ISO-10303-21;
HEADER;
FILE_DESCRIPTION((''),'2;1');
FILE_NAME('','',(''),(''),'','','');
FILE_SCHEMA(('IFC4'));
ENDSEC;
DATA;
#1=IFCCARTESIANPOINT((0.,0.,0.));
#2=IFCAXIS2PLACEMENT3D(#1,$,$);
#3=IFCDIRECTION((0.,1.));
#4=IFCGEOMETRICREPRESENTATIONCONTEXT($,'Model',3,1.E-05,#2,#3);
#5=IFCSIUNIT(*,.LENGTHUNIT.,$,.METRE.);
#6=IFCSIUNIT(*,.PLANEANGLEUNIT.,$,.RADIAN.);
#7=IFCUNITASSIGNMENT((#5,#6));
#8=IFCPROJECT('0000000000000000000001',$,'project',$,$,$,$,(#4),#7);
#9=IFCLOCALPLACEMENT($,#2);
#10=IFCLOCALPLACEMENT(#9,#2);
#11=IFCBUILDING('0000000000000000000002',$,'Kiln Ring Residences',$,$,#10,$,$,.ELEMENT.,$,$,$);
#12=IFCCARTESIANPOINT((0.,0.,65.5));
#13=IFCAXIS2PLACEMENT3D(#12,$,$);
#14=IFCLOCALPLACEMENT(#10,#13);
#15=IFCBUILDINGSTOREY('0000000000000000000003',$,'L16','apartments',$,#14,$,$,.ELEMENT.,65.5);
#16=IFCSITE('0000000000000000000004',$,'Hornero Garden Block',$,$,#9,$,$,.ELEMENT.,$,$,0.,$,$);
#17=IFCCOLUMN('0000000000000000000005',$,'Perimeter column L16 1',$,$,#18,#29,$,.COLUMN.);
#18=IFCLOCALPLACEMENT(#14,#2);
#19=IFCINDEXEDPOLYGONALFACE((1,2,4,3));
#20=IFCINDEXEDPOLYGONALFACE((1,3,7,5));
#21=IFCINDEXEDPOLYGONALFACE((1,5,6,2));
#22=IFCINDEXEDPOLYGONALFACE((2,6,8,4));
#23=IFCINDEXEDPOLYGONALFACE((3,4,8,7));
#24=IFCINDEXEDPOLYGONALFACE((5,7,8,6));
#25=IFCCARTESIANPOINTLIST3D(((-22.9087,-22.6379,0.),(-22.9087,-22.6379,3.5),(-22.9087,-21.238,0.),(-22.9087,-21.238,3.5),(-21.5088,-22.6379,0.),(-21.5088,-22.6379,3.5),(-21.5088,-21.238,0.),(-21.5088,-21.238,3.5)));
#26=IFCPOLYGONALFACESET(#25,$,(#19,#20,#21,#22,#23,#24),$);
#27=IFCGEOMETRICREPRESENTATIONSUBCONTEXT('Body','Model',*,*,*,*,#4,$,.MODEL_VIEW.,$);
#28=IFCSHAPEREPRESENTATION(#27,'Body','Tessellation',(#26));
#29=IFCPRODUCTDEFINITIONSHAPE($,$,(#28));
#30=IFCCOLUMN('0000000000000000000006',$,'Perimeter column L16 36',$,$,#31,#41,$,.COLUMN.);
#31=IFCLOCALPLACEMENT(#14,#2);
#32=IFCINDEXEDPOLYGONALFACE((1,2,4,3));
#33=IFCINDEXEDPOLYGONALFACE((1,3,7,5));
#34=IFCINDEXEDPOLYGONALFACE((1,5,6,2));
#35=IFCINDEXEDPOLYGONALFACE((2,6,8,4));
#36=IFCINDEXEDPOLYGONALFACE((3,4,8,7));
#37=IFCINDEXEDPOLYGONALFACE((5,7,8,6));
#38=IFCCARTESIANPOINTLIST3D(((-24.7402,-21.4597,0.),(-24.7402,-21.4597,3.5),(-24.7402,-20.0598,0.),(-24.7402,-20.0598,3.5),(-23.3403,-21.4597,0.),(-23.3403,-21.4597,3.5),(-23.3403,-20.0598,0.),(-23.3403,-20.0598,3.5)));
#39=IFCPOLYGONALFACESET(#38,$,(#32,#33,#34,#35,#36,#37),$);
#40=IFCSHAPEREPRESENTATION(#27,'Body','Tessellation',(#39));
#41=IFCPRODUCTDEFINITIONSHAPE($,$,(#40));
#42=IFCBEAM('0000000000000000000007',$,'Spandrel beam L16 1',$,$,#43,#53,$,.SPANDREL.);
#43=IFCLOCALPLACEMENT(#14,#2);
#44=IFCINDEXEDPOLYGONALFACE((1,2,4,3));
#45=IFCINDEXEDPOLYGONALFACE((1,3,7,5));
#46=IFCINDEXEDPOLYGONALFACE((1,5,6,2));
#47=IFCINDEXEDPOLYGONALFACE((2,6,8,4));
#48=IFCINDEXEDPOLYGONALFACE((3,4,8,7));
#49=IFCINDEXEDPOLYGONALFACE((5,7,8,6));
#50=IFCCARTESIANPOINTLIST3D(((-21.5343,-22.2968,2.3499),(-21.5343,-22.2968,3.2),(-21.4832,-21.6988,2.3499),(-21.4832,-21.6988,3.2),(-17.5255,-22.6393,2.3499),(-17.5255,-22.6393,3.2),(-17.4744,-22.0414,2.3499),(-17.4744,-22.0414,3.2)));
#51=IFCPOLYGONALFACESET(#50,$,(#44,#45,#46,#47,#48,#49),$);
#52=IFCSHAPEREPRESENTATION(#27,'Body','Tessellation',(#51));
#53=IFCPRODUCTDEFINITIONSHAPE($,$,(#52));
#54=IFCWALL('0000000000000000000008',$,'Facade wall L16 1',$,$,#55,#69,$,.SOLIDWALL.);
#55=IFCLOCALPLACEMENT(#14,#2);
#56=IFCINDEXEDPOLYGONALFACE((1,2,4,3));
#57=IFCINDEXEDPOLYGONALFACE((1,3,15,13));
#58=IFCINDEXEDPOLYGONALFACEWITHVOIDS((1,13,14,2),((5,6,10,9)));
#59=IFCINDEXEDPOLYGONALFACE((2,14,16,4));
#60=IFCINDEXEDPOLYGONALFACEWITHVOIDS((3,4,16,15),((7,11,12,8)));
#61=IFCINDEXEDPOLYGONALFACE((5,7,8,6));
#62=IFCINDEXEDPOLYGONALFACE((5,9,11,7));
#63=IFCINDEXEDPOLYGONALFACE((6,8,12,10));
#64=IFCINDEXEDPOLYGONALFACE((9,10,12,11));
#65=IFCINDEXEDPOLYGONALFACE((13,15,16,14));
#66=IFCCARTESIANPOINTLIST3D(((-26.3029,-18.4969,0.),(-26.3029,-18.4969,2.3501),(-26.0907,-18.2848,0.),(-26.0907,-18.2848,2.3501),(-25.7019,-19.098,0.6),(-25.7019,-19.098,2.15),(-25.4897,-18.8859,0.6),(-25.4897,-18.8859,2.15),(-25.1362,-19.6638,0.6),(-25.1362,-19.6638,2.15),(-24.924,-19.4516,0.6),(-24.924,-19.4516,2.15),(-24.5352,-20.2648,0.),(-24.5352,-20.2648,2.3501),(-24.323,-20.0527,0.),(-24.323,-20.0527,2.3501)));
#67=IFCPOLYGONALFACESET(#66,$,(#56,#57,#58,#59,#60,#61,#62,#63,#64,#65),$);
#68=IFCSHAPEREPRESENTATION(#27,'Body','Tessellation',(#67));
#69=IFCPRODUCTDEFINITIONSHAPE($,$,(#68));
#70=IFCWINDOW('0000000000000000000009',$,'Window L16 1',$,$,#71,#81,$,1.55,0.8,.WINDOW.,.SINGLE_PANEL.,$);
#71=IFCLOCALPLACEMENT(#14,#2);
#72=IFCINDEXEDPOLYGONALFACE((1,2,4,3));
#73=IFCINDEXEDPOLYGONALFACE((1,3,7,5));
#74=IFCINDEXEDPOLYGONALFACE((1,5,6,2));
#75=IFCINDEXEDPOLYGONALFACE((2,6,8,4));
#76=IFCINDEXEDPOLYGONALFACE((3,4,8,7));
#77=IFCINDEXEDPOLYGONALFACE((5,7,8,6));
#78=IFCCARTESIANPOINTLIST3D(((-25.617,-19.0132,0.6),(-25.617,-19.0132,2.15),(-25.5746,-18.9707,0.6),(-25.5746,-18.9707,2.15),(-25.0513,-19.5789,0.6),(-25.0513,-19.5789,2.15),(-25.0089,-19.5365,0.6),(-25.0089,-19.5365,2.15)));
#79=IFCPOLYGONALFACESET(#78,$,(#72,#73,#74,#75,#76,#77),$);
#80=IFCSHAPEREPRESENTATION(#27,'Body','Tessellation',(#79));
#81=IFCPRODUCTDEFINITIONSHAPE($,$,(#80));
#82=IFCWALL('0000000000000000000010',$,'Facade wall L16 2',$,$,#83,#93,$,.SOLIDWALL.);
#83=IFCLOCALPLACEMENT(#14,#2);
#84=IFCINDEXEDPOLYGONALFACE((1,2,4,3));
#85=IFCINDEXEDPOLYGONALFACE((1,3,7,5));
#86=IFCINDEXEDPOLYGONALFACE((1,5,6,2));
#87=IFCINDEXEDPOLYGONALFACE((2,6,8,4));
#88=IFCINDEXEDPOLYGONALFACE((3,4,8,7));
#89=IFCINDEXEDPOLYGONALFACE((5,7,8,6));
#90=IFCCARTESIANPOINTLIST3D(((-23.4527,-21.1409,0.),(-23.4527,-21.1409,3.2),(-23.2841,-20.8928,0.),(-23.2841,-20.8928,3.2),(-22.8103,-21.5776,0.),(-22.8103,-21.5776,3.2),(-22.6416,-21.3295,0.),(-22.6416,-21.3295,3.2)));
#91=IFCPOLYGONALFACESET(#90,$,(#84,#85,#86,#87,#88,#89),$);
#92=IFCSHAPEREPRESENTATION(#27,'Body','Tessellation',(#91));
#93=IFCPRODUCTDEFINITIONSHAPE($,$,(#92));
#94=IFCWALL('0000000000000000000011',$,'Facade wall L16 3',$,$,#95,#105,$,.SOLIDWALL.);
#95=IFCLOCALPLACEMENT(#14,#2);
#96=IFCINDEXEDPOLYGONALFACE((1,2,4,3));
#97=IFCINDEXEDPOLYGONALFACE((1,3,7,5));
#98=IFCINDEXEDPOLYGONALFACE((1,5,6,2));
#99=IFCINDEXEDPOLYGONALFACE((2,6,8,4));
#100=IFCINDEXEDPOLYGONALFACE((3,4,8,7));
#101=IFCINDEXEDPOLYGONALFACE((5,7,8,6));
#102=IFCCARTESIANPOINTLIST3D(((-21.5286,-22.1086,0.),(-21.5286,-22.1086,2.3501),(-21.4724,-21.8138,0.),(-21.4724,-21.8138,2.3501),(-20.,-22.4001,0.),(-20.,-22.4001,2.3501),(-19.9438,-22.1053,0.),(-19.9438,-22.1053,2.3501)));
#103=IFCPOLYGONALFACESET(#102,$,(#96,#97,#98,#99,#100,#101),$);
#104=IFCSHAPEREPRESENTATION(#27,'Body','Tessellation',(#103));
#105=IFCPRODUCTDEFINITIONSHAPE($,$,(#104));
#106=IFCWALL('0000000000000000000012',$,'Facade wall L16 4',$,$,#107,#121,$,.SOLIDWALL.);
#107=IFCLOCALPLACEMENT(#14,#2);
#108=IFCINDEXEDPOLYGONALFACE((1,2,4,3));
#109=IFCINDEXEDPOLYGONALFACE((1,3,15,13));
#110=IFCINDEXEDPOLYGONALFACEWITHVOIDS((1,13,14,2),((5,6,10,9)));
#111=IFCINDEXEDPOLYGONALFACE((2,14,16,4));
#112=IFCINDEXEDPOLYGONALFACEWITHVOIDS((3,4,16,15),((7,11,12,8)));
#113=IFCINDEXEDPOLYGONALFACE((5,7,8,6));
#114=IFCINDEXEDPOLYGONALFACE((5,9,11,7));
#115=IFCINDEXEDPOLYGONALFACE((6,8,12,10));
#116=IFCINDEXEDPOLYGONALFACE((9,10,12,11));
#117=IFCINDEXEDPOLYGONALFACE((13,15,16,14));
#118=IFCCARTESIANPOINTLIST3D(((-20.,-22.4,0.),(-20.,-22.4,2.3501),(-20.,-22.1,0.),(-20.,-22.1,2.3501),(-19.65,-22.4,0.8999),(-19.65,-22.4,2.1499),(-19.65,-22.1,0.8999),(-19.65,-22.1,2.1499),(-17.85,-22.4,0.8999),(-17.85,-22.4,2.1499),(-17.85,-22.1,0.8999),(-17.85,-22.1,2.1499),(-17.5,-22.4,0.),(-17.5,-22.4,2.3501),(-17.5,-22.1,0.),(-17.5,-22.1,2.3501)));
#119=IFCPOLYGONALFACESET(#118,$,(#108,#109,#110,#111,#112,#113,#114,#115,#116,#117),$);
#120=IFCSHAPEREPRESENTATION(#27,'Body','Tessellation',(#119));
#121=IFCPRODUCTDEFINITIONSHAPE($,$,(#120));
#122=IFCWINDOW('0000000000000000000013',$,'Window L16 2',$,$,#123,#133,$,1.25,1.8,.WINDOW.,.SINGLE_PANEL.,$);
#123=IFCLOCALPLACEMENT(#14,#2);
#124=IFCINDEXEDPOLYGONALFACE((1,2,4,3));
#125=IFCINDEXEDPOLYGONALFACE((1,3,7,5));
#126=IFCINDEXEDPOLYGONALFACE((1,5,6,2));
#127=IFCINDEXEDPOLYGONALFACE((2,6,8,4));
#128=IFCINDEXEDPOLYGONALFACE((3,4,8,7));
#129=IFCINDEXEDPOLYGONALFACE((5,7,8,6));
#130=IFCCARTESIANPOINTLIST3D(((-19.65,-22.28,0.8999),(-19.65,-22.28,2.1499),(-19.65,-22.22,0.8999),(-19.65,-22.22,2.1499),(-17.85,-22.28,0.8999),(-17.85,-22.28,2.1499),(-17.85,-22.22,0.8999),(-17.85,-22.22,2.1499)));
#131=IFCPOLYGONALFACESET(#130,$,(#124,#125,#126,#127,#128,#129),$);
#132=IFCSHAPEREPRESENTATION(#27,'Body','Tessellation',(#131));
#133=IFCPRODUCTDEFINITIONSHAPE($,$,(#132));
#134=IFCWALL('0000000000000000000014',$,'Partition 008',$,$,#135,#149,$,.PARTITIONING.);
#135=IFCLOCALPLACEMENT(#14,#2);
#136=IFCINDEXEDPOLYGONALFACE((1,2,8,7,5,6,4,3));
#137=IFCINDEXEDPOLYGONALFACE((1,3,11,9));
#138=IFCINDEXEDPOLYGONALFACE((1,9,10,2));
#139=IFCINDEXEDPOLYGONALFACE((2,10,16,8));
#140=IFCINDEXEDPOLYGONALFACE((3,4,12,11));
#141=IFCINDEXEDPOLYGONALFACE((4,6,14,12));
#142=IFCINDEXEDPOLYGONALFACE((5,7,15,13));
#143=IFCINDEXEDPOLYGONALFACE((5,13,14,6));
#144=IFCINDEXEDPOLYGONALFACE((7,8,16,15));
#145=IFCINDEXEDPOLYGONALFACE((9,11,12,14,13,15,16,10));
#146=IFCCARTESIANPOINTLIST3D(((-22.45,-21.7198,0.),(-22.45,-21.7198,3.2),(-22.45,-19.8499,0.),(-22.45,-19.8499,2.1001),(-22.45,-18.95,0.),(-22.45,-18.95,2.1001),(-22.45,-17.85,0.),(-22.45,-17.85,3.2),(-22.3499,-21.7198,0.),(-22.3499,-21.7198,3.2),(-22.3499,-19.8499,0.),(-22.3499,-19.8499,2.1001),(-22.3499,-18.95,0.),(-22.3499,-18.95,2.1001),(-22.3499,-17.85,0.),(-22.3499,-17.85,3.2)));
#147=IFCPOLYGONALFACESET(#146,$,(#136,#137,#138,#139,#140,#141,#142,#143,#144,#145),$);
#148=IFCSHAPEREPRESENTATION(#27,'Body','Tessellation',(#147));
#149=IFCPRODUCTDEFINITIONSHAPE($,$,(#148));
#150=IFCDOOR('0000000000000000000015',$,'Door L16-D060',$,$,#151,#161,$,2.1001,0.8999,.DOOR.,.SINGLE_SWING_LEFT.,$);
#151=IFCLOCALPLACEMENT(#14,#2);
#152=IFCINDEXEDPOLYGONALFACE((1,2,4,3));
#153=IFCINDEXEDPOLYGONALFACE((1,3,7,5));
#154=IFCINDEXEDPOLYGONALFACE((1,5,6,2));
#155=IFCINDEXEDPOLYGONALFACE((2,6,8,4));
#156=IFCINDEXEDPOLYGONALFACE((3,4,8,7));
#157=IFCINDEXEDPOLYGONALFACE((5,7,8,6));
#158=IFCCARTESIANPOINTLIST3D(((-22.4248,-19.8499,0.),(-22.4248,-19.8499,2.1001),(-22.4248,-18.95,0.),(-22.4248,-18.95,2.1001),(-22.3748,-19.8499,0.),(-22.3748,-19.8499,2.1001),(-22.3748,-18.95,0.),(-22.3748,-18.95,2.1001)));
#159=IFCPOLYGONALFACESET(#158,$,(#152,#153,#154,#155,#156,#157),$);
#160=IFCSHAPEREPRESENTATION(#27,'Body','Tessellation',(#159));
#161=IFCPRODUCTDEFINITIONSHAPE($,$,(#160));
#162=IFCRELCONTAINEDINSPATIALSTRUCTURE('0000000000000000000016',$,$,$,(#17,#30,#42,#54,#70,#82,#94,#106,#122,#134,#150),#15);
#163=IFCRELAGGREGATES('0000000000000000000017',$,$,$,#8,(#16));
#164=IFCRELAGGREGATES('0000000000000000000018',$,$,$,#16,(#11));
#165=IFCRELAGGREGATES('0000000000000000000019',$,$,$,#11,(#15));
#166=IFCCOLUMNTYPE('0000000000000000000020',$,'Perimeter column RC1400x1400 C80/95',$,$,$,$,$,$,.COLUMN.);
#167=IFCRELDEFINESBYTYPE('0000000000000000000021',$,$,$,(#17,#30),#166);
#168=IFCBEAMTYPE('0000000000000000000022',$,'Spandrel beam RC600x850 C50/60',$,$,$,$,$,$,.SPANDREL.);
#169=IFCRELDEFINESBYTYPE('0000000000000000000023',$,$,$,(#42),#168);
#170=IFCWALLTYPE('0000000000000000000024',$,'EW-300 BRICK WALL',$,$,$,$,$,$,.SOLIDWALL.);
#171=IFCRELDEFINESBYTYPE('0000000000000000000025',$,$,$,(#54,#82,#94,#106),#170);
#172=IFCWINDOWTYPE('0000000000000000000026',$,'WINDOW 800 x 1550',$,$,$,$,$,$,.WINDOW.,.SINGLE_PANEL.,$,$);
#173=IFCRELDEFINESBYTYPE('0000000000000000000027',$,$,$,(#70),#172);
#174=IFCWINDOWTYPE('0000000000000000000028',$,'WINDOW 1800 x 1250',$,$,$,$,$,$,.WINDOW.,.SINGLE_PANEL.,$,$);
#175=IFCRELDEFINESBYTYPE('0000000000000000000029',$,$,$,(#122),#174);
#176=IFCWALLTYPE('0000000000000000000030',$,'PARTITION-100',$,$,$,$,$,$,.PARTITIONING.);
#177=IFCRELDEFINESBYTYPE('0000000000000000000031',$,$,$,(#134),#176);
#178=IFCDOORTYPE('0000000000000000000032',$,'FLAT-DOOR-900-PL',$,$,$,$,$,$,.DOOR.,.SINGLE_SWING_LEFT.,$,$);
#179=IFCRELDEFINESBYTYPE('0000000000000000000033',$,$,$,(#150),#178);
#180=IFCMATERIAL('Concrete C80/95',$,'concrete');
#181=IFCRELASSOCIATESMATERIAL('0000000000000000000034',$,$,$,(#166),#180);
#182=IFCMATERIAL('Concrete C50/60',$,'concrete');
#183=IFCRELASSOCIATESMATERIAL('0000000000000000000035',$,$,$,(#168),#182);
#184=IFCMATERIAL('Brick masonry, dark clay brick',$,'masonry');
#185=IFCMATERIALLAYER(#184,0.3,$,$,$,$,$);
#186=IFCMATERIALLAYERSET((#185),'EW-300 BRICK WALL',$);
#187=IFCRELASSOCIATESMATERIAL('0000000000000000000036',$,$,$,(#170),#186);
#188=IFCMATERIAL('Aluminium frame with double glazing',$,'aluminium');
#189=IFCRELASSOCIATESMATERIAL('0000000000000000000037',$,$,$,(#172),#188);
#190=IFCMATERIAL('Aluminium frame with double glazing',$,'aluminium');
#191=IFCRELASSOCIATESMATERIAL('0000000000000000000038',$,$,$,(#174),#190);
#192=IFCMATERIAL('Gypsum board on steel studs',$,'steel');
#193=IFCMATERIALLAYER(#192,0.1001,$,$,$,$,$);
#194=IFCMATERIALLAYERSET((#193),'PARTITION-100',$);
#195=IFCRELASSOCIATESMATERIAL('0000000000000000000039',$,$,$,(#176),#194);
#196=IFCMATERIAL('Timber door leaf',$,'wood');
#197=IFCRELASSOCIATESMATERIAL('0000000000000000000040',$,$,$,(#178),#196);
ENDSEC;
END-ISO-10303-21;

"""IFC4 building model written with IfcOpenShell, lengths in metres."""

from ifc_helpers import new_model, si_unit, direction, frame, frame_2d, origin, origin_2d, place, context, subcontext, project, spatial, rectangle, extrude, material, layer, layer_set, material_profile, profile_set, type_object, element, fill, save


model = new_model("IFC4")

# Units and contexts
model_context = context("Model", 3, precision=1e-05, world=origin(), true_north=direction((0.0, 1.0)))
body_context = subcontext(model_context, "Body", "Model", "MODEL_VIEW")
ifc_project = project(units=[si_unit("LENGTHUNIT", "METRE"), si_unit("PLANEANGLEUNIT", "RADIAN")], contexts=[model_context])

# Site, building, storey
site_placement = place(None, origin())
site = spatial("IfcSite", under=ifc_project, at=site_placement, Name="Hornero Garden Block", CompositionType="ELEMENT", RefElevation=0.0)
building_placement = place(site_placement, origin())
building = spatial("IfcBuilding", under=site, at=building_placement, Name="Kiln Ring Residences", CompositionType="ELEMENT")
storey_placement = place(building_placement, frame((0.0, 0.0, 65.5)))
storey = spatial("IfcBuildingStorey", under=building, at=storey_placement, Name="L16", Description="apartments", CompositionType="ELEMENT", Elevation=65.5)

# Columns
ifc_material_1 = material(Name="Concrete C80/95", Category="concrete")
ifc_material_profile_1 = material_profile(ifc_material_1, rectangle(XDim=1.3999, YDim=1.3999, at=origin_2d()), Name="RC1400x1400")
ifc_profile_set_1 = profile_set([ifc_material_profile_1], Name="Concrete C80/95")
column_type = type_object("IfcColumnType", Name="Perimeter column RC1400x1400 C80/95", PredefinedType="COLUMN", material=ifc_profile_set_1)
for number, where, z_axis, x_axis, name in (
    (1, (-22.2087, -21.938, 0.0), (0.0, 0.0, 1.0), (1.0, 0.0, 0.0), "Perimeter column L16 1"),
    (2, (-24.0403, -20.7598, 0.0), (0.0, 0.0, 1.0), (1.0, 0.0, 0.0), "Perimeter column L16 36"),
):
    element("IfcColumn", number, at=place(storey_placement, frame(where, z_axis=z_axis, x_axis=x_axis)), inside=storey, type_object=column_type, Name=name, PredefinedType="COLUMN", context=body_context, shape_type="SweptSolid", body=[
        extrude(rectangle(XDim=1.3999, YDim=1.3999, at=origin_2d()), origin(), (0.0, 0.0, 1.0), 3.5),
    ])

# Beam
ifc_material_2 = material(Name="Concrete C50/60", Category="concrete")
ifc_material_profile_2 = material_profile(ifc_material_2, rectangle(XDim=0.6001, YDim=0.8501, at=origin_2d()), Name="RC600x850")
ifc_profile_set_2 = profile_set([ifc_material_profile_2], Name="Concrete C50/60")
beam_type = type_object("IfcBeamType", Name="Spandrel beam RC600x850 C50/60", PredefinedType="SPANDREL", material=ifc_profile_set_2)
beam_placement = place(storey_placement, frame((-21.5088, -21.9978, 2.7749), z_axis=(0.996369, -0.085134, 0.0), x_axis=(0.085134, 0.996369, 0.0)))
element("IfcBeam", 3, at=beam_placement, inside=storey, type_object=beam_type, Name="Spandrel beam L16 1", PredefinedType="SPANDREL", context=body_context, shape_type="SweptSolid", body=[
    extrude(rectangle(XDim=0.6001, YDim=0.8501, at=origin_2d()), origin(), (0.0, 0.0, 1.0), 4.0234),
])

# Wall, opening, window
ifc_material_3 = material(Name="Brick masonry, dark clay brick", Category="masonry")
ifc_layer_1 = layer(ifc_material_3, 0.3)
ifc_layer_set_1 = layer_set([ifc_layer_1], Name="EW-300 BRICK WALL")
wall_type_1 = type_object("IfcWallType", Name="EW-300 BRICK WALL", PredefinedType="SOLIDWALL", material=ifc_layer_set_1)
wall_1_placement = place(storey_placement, frame((-26.1968, -18.3909, 0.0), z_axis=(0.0, 0.0, 1.0), x_axis=(0.707058, -0.707156, 0.0)))
wall_1 = element("IfcWall", 4, at=wall_1_placement, inside=storey, type_object=wall_type_1, Name="Facade wall L16 1", PredefinedType="SOLIDWALL", context=body_context, shape_type="SweptSolid", body=[
    extrude(rectangle(XDim=2.5, YDim=0.3, at=frame_2d((1.25, 0.0))), origin(), (0.0, 0.0, 1.0), 2.3501),
])
opening_1_placement = place(wall_1_placement, frame((0.8501, 0.0, 0.6001)))
opening_1 = element("IfcOpeningElement", 5, at=opening_1_placement, cuts=wall_1, PredefinedType="OPENING", context=body_context, shape_type="SweptSolid", body=[
    extrude(rectangle(XDim=0.8, YDim=1.55, at=frame_2d((0.3999, 0.7749))), frame((0.0, 0.1599, 0.0), z_axis=(0.0, -1.0, 0.0), x_axis=(1.0, 0.0, 0.0)), (0.0, 0.0, 1.0), 0.3201),
])
ifc_material_4 = material(Name="Aluminium frame with double glazing", Category="aluminium")
window_type_1 = type_object("IfcWindowType", Name="WINDOW 800 x 1550", PartitioningType="SINGLE_PANEL", PredefinedType="WINDOW", material=ifc_material_4)
window_1_placement = place(opening_1_placement, origin())
window_1 = element("IfcWindow", 6, at=window_1_placement, inside=storey, type_object=window_type_1, Name="Window L16 1", OverallHeight=1.55, OverallWidth=0.8, PartitioningType="SINGLE_PANEL", PredefinedType="WINDOW", context=body_context, shape_type="SweptSolid", body=[
    extrude(rectangle(XDim=0.8, YDim=1.55, at=frame_2d((0.3999, 0.7749))), frame((0.0, 0.03, 0.0), z_axis=(0.0, -1.0, 0.0), x_axis=(1.0, 0.0, 0.0)), (0.0, 0.0, 1.0), 0.0601),
])
fill(opening_1, window_1)

# Walls
wall_2_placement = place(storey_placement, frame((-23.3684, -21.0168, 0.0), z_axis=(0.0, 0.0, 1.0), x_axis=(0.827038, -0.562147, 0.0)))
element("IfcWall", 7, at=wall_2_placement, inside=storey, type_object=wall_type_1, Name="Facade wall L16 2", PredefinedType="SOLIDWALL", context=body_context, shape_type="SweptSolid", body=[
    extrude(rectangle(XDim=0.7769, YDim=0.3, at=frame_2d((0.3884, 0.0))), origin(), (0.0, 0.0, 1.0), 3.2),
])
wall_3_placement = place(storey_placement, frame((-21.5005, -21.9612, 0.0), z_axis=(0.0, 0.0, 1.0), x_axis=(0.982297, -0.187328, 0.0)))
element("IfcWall", 8, at=wall_3_placement, inside=storey, type_object=wall_type_1, Name="Facade wall L16 3", PredefinedType="SOLIDWALL", context=body_context, shape_type="SweptSolid", body=[
    extrude(rectangle(XDim=1.5562, YDim=0.3, at=frame_2d((0.7781, 0.0))), origin(), (0.0, 0.0, 1.0), 2.3501),
])

# Wall, opening, window
wall_4_placement = place(storey_placement, frame((-20.0, -22.25, 0.0), z_axis=(0.0, 0.0, 1.0), x_axis=(1.0, 0.0, 0.0)))
wall_4 = element("IfcWall", 9, at=wall_4_placement, inside=storey, type_object=wall_type_1, Name="Facade wall L16 4", PredefinedType="SOLIDWALL", context=body_context, shape_type="SweptSolid", body=[
    extrude(rectangle(XDim=2.5, YDim=0.3, at=frame_2d((1.25, 0.0))), origin(), (0.0, 0.0, 1.0), 2.3501),
])
opening_2_placement = place(wall_4_placement, frame((0.3501, 0.0, 0.8999)))
opening_2 = element("IfcOpeningElement", 10, at=opening_2_placement, cuts=wall_4, PredefinedType="OPENING", context=body_context, shape_type="SweptSolid", body=[
    extrude(rectangle(XDim=1.8, YDim=1.25, at=frame_2d((0.8999, 0.625))), frame((0.0, 0.1599, 0.0), z_axis=(0.0, -1.0, 0.0), x_axis=(1.0, 0.0, 0.0)), (0.0, 0.0, 1.0), 0.3201),
])
ifc_material_5 = material(Name="Aluminium frame with double glazing", Category="aluminium")
window_type_2 = type_object("IfcWindowType", Name="WINDOW 1800 x 1250", PartitioningType="SINGLE_PANEL", PredefinedType="WINDOW", material=ifc_material_5)
window_2_placement = place(opening_2_placement, origin())
window_2 = element("IfcWindow", 11, at=window_2_placement, inside=storey, type_object=window_type_2, Name="Window L16 2", OverallHeight=1.25, OverallWidth=1.8, PartitioningType="SINGLE_PANEL", PredefinedType="WINDOW", context=body_context, shape_type="SweptSolid", body=[
    extrude(rectangle(XDim=1.8, YDim=1.25, at=frame_2d((0.8999, 0.625))), frame((0.0, 0.03, 0.0), z_axis=(0.0, -1.0, 0.0), x_axis=(1.0, 0.0, 0.0)), (0.0, 0.0, 1.0), 0.0601),
])
fill(opening_2, window_2)

# Wall, opening, door
ifc_material_6 = material(Name="Gypsum board on steel studs", Category="steel")
ifc_layer_2 = layer(ifc_material_6, 0.1001)
ifc_layer_set_2 = layer_set([ifc_layer_2], Name="PARTITION-100")
wall_type_2 = type_object("IfcWallType", Name="PARTITION-100", PredefinedType="PARTITIONING", material=ifc_layer_set_2)
wall_5_placement = place(storey_placement, frame((-22.3999, -21.72, 0.0), z_axis=(0.0, 0.0, 1.0), x_axis=(0.0, 1.0, 0.0)))
wall_5 = element("IfcWall", 12, at=wall_5_placement, inside=storey, type_object=wall_type_2, Name="Partition 008", PredefinedType="PARTITIONING", context=body_context, shape_type="SweptSolid", body=[
    extrude(rectangle(XDim=3.8699, YDim=0.1001, at=frame_2d((1.9351, 0.0))), origin(), (0.0, 0.0, 1.0), 3.2),
])
opening_3_placement = place(wall_5_placement, frame((1.8701, 0.0, 0.0)))
opening_3 = element("IfcOpeningElement", 13, at=opening_3_placement, cuts=wall_5, PredefinedType="OPENING", context=body_context, shape_type="SweptSolid", body=[
    extrude(rectangle(XDim=0.8999, YDim=2.1001, at=frame_2d((0.45, 1.05))), frame((0.0, 0.0601, 0.0), z_axis=(0.0, -1.0, 0.0), x_axis=(1.0, 0.0, 0.0)), (0.0, 0.0, 1.0), 0.1201),
])
ifc_material_7 = material(Name="Timber door leaf", Category="wood")
door_type = type_object("IfcDoorType", Name="FLAT-DOOR-900-PL", OperationType="SINGLE_SWING_LEFT", PredefinedType="DOOR", material=ifc_material_7)
door_placement = place(opening_3_placement, origin())
door = element("IfcDoor", 14, at=door_placement, inside=storey, type_object=door_type, Name="Door L16-D060", OperationType="SINGLE_SWING_LEFT", OverallHeight=2.1001, OverallWidth=0.8999, PredefinedType="DOOR", context=body_context, shape_type="SweptSolid", body=[
    extrude(rectangle(XDim=0.8999, YDim=2.1001, at=frame_2d((0.45, 1.05))), frame((0.0, 0.0249, 0.0), z_axis=(0.0, -1.0, 0.0), x_axis=(1.0, 0.0, 0.0)), (0.0, 0.0, 1.0), 0.05),
])
fill(opening_3, door)

save(model, "model.ifc")
